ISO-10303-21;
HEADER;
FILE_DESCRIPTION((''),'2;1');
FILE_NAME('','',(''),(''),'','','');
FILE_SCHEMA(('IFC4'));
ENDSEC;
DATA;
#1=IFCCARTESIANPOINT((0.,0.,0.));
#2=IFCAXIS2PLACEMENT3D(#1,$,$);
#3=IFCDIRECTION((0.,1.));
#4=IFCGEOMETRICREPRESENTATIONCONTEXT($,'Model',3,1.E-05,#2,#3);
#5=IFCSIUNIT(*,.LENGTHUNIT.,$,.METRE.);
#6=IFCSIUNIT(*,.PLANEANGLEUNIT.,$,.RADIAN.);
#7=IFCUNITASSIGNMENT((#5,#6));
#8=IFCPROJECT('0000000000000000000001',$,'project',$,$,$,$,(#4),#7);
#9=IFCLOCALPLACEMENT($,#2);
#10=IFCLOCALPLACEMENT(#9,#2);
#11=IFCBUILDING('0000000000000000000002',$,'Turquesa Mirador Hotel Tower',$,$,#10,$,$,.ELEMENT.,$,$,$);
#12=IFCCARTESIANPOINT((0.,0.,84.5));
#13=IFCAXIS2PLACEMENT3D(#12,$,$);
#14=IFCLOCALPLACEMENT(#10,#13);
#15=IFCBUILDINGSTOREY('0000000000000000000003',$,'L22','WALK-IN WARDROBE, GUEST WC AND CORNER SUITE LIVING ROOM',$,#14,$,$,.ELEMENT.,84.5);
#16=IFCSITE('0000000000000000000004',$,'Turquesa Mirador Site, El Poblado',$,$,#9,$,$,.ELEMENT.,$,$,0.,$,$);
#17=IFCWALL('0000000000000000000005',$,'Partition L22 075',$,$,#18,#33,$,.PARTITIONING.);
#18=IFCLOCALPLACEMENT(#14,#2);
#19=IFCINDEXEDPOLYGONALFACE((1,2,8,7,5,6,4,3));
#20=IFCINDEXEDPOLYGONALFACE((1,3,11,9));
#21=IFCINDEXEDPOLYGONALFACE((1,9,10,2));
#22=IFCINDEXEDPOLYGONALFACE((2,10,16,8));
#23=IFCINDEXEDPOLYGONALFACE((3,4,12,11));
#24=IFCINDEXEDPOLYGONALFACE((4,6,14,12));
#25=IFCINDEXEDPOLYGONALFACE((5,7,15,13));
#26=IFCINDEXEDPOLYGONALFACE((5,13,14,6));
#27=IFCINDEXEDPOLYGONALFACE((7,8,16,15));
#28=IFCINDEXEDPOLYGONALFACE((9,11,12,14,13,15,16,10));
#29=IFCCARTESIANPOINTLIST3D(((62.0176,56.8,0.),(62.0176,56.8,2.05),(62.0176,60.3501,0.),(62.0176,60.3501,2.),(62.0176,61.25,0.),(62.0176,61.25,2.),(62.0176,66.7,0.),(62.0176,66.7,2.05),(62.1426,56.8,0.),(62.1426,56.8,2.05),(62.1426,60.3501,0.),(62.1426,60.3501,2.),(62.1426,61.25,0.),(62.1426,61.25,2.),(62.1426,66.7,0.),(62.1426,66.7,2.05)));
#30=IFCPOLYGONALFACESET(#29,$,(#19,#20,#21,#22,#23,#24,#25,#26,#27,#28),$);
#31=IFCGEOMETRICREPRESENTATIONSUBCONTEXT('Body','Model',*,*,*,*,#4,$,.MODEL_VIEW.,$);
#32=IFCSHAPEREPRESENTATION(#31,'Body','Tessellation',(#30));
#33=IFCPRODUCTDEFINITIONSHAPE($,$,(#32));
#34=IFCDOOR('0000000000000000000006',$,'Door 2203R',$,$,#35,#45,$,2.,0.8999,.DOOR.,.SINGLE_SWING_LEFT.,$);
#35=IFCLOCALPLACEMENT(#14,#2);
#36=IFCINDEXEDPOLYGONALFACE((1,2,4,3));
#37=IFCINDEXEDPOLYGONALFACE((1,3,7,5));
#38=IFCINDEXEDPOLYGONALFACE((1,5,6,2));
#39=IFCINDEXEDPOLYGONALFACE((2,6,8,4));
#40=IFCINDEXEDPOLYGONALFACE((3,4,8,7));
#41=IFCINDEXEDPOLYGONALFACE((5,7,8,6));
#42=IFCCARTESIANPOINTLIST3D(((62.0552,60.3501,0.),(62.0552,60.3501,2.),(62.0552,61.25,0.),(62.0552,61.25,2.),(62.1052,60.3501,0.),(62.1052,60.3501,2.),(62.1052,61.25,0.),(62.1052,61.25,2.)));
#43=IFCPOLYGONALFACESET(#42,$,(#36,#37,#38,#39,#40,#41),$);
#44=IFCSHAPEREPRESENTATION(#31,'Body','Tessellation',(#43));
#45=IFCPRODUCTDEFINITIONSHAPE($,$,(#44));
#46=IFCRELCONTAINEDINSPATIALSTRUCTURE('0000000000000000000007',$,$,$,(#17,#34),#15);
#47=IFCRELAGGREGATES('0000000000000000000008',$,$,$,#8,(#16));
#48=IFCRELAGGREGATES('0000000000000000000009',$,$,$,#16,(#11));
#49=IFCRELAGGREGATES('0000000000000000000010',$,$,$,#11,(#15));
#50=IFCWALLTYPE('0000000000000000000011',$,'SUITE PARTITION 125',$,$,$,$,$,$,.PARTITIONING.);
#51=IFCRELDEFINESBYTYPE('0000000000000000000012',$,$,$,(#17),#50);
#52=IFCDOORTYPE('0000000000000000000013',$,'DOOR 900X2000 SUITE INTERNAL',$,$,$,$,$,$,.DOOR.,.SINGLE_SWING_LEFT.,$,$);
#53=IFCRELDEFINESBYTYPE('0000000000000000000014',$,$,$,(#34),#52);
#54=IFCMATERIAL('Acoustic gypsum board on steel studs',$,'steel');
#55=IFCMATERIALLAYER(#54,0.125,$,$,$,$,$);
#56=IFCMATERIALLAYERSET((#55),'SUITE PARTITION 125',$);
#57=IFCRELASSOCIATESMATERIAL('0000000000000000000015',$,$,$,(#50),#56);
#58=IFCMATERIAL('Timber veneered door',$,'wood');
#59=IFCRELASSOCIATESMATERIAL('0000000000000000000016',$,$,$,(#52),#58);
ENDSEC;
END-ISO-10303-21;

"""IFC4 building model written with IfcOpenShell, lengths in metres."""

from ifc_helpers import new_model, si_unit, direction, frame, frame_2d, origin, place, context, subcontext, project, spatial, rectangle, extrude, material, layer, layer_set, type_object, element, fill, save


model = new_model("IFC4")

# Units and contexts
model_context = context("Model", 3, precision=1e-05, world=origin(), true_north=direction((0.0, 1.0)))
body_context = subcontext(model_context, "Body", "Model", "MODEL_VIEW")
ifc_project = project(units=[si_unit("LENGTHUNIT", "METRE"), si_unit("PLANEANGLEUNIT", "RADIAN")], contexts=[model_context])

# Site, building, storey
site_placement = place(None, origin())
site = spatial("IfcSite", under=ifc_project, at=site_placement, Name="Turquesa Mirador Site, El Poblado", CompositionType="ELEMENT", RefElevation=0.0)
building_placement = place(site_placement, origin())
building = spatial("IfcBuilding", under=site, at=building_placement, Name="Turquesa Mirador Hotel Tower", CompositionType="ELEMENT")
storey_placement = place(building_placement, frame((0.0, 0.0, 84.5)))
storey = spatial("IfcBuildingStorey", under=building, at=storey_placement, Name="L22", Description="WALK-IN WARDROBE, GUEST WC AND CORNER SUITE LIVING ROOM", CompositionType="ELEMENT", Elevation=84.5)

# Shared definitions
ifc_material_1 = material(Name="Acoustic gypsum board on steel studs", Category="steel")
ifc_layer_1 = layer(ifc_material_1, 0.125)
ifc_layer_set_1 = layer_set([ifc_layer_1], Name="SUITE PARTITION 125")
wall_type_1 = type_object("IfcWallType", Name="SUITE PARTITION 125", PredefinedType="PARTITIONING", material=ifc_layer_set_1)

# Wall, opening, door
wall_1_placement = place(storey_placement, frame((62.0801, 56.8, 0.0), z_axis=(0.0, 0.0, 1.0), x_axis=(0.0, 1.0, 0.0)))
wall_1 = element("IfcWall", 1, at=wall_1_placement, inside=storey, type_object=wall_type_1, Name="Partition L22 075", PredefinedType="PARTITIONING", context=body_context, shape_type="SweptSolid", body=[
    extrude(rectangle(XDim=9.8999, YDim=0.125, at=frame_2d((4.95, 0.0))), origin(), (0.0, 0.0, 1.0), 2.05),
])
opening_1_placement = place(wall_1_placement, frame((3.55, 0.0, 0.0)))
opening_1 = element("IfcOpeningElement", 2, at=opening_1_placement, cuts=wall_1, PredefinedType="OPENING", context=body_context, shape_type="SweptSolid", body=[
    extrude(rectangle(XDim=0.8999, YDim=2.0, at=frame_2d((0.45, 1.0))), frame((0.0, 0.0725, 0.0), z_axis=(0.0, -1.0, 0.0), x_axis=(1.0, 0.0, 0.0)), (0.0, 0.0, 1.0), 0.145),
])
ifc_material_2 = material(Name="Timber veneered door", Category="wood")
door_type_1 = type_object("IfcDoorType", Name="DOOR 900X2000 SUITE INTERNAL", OperationType="SINGLE_SWING_LEFT", PredefinedType="DOOR", material=ifc_material_2)
door_1_placement = place(opening_1_placement, origin())
door_1 = element("IfcDoor", 3, at=door_1_placement, inside=storey, type_object=door_type_1, Name="Door 2203R", OperationType="SINGLE_SWING_LEFT", OverallHeight=2.0, OverallWidth=0.8999, PredefinedType="DOOR", context=body_context, shape_type="SweptSolid", body=[
    extrude(rectangle(XDim=0.8999, YDim=2.0, at=frame_2d((0.45, 1.0))), frame((0.0, 0.0249, 0.0), z_axis=(0.0, -1.0, 0.0), x_axis=(1.0, 0.0, 0.0)), (0.0, 0.0, 1.0), 0.05),
])
fill(opening_1, door_1)

save(model, "model.ifc")
